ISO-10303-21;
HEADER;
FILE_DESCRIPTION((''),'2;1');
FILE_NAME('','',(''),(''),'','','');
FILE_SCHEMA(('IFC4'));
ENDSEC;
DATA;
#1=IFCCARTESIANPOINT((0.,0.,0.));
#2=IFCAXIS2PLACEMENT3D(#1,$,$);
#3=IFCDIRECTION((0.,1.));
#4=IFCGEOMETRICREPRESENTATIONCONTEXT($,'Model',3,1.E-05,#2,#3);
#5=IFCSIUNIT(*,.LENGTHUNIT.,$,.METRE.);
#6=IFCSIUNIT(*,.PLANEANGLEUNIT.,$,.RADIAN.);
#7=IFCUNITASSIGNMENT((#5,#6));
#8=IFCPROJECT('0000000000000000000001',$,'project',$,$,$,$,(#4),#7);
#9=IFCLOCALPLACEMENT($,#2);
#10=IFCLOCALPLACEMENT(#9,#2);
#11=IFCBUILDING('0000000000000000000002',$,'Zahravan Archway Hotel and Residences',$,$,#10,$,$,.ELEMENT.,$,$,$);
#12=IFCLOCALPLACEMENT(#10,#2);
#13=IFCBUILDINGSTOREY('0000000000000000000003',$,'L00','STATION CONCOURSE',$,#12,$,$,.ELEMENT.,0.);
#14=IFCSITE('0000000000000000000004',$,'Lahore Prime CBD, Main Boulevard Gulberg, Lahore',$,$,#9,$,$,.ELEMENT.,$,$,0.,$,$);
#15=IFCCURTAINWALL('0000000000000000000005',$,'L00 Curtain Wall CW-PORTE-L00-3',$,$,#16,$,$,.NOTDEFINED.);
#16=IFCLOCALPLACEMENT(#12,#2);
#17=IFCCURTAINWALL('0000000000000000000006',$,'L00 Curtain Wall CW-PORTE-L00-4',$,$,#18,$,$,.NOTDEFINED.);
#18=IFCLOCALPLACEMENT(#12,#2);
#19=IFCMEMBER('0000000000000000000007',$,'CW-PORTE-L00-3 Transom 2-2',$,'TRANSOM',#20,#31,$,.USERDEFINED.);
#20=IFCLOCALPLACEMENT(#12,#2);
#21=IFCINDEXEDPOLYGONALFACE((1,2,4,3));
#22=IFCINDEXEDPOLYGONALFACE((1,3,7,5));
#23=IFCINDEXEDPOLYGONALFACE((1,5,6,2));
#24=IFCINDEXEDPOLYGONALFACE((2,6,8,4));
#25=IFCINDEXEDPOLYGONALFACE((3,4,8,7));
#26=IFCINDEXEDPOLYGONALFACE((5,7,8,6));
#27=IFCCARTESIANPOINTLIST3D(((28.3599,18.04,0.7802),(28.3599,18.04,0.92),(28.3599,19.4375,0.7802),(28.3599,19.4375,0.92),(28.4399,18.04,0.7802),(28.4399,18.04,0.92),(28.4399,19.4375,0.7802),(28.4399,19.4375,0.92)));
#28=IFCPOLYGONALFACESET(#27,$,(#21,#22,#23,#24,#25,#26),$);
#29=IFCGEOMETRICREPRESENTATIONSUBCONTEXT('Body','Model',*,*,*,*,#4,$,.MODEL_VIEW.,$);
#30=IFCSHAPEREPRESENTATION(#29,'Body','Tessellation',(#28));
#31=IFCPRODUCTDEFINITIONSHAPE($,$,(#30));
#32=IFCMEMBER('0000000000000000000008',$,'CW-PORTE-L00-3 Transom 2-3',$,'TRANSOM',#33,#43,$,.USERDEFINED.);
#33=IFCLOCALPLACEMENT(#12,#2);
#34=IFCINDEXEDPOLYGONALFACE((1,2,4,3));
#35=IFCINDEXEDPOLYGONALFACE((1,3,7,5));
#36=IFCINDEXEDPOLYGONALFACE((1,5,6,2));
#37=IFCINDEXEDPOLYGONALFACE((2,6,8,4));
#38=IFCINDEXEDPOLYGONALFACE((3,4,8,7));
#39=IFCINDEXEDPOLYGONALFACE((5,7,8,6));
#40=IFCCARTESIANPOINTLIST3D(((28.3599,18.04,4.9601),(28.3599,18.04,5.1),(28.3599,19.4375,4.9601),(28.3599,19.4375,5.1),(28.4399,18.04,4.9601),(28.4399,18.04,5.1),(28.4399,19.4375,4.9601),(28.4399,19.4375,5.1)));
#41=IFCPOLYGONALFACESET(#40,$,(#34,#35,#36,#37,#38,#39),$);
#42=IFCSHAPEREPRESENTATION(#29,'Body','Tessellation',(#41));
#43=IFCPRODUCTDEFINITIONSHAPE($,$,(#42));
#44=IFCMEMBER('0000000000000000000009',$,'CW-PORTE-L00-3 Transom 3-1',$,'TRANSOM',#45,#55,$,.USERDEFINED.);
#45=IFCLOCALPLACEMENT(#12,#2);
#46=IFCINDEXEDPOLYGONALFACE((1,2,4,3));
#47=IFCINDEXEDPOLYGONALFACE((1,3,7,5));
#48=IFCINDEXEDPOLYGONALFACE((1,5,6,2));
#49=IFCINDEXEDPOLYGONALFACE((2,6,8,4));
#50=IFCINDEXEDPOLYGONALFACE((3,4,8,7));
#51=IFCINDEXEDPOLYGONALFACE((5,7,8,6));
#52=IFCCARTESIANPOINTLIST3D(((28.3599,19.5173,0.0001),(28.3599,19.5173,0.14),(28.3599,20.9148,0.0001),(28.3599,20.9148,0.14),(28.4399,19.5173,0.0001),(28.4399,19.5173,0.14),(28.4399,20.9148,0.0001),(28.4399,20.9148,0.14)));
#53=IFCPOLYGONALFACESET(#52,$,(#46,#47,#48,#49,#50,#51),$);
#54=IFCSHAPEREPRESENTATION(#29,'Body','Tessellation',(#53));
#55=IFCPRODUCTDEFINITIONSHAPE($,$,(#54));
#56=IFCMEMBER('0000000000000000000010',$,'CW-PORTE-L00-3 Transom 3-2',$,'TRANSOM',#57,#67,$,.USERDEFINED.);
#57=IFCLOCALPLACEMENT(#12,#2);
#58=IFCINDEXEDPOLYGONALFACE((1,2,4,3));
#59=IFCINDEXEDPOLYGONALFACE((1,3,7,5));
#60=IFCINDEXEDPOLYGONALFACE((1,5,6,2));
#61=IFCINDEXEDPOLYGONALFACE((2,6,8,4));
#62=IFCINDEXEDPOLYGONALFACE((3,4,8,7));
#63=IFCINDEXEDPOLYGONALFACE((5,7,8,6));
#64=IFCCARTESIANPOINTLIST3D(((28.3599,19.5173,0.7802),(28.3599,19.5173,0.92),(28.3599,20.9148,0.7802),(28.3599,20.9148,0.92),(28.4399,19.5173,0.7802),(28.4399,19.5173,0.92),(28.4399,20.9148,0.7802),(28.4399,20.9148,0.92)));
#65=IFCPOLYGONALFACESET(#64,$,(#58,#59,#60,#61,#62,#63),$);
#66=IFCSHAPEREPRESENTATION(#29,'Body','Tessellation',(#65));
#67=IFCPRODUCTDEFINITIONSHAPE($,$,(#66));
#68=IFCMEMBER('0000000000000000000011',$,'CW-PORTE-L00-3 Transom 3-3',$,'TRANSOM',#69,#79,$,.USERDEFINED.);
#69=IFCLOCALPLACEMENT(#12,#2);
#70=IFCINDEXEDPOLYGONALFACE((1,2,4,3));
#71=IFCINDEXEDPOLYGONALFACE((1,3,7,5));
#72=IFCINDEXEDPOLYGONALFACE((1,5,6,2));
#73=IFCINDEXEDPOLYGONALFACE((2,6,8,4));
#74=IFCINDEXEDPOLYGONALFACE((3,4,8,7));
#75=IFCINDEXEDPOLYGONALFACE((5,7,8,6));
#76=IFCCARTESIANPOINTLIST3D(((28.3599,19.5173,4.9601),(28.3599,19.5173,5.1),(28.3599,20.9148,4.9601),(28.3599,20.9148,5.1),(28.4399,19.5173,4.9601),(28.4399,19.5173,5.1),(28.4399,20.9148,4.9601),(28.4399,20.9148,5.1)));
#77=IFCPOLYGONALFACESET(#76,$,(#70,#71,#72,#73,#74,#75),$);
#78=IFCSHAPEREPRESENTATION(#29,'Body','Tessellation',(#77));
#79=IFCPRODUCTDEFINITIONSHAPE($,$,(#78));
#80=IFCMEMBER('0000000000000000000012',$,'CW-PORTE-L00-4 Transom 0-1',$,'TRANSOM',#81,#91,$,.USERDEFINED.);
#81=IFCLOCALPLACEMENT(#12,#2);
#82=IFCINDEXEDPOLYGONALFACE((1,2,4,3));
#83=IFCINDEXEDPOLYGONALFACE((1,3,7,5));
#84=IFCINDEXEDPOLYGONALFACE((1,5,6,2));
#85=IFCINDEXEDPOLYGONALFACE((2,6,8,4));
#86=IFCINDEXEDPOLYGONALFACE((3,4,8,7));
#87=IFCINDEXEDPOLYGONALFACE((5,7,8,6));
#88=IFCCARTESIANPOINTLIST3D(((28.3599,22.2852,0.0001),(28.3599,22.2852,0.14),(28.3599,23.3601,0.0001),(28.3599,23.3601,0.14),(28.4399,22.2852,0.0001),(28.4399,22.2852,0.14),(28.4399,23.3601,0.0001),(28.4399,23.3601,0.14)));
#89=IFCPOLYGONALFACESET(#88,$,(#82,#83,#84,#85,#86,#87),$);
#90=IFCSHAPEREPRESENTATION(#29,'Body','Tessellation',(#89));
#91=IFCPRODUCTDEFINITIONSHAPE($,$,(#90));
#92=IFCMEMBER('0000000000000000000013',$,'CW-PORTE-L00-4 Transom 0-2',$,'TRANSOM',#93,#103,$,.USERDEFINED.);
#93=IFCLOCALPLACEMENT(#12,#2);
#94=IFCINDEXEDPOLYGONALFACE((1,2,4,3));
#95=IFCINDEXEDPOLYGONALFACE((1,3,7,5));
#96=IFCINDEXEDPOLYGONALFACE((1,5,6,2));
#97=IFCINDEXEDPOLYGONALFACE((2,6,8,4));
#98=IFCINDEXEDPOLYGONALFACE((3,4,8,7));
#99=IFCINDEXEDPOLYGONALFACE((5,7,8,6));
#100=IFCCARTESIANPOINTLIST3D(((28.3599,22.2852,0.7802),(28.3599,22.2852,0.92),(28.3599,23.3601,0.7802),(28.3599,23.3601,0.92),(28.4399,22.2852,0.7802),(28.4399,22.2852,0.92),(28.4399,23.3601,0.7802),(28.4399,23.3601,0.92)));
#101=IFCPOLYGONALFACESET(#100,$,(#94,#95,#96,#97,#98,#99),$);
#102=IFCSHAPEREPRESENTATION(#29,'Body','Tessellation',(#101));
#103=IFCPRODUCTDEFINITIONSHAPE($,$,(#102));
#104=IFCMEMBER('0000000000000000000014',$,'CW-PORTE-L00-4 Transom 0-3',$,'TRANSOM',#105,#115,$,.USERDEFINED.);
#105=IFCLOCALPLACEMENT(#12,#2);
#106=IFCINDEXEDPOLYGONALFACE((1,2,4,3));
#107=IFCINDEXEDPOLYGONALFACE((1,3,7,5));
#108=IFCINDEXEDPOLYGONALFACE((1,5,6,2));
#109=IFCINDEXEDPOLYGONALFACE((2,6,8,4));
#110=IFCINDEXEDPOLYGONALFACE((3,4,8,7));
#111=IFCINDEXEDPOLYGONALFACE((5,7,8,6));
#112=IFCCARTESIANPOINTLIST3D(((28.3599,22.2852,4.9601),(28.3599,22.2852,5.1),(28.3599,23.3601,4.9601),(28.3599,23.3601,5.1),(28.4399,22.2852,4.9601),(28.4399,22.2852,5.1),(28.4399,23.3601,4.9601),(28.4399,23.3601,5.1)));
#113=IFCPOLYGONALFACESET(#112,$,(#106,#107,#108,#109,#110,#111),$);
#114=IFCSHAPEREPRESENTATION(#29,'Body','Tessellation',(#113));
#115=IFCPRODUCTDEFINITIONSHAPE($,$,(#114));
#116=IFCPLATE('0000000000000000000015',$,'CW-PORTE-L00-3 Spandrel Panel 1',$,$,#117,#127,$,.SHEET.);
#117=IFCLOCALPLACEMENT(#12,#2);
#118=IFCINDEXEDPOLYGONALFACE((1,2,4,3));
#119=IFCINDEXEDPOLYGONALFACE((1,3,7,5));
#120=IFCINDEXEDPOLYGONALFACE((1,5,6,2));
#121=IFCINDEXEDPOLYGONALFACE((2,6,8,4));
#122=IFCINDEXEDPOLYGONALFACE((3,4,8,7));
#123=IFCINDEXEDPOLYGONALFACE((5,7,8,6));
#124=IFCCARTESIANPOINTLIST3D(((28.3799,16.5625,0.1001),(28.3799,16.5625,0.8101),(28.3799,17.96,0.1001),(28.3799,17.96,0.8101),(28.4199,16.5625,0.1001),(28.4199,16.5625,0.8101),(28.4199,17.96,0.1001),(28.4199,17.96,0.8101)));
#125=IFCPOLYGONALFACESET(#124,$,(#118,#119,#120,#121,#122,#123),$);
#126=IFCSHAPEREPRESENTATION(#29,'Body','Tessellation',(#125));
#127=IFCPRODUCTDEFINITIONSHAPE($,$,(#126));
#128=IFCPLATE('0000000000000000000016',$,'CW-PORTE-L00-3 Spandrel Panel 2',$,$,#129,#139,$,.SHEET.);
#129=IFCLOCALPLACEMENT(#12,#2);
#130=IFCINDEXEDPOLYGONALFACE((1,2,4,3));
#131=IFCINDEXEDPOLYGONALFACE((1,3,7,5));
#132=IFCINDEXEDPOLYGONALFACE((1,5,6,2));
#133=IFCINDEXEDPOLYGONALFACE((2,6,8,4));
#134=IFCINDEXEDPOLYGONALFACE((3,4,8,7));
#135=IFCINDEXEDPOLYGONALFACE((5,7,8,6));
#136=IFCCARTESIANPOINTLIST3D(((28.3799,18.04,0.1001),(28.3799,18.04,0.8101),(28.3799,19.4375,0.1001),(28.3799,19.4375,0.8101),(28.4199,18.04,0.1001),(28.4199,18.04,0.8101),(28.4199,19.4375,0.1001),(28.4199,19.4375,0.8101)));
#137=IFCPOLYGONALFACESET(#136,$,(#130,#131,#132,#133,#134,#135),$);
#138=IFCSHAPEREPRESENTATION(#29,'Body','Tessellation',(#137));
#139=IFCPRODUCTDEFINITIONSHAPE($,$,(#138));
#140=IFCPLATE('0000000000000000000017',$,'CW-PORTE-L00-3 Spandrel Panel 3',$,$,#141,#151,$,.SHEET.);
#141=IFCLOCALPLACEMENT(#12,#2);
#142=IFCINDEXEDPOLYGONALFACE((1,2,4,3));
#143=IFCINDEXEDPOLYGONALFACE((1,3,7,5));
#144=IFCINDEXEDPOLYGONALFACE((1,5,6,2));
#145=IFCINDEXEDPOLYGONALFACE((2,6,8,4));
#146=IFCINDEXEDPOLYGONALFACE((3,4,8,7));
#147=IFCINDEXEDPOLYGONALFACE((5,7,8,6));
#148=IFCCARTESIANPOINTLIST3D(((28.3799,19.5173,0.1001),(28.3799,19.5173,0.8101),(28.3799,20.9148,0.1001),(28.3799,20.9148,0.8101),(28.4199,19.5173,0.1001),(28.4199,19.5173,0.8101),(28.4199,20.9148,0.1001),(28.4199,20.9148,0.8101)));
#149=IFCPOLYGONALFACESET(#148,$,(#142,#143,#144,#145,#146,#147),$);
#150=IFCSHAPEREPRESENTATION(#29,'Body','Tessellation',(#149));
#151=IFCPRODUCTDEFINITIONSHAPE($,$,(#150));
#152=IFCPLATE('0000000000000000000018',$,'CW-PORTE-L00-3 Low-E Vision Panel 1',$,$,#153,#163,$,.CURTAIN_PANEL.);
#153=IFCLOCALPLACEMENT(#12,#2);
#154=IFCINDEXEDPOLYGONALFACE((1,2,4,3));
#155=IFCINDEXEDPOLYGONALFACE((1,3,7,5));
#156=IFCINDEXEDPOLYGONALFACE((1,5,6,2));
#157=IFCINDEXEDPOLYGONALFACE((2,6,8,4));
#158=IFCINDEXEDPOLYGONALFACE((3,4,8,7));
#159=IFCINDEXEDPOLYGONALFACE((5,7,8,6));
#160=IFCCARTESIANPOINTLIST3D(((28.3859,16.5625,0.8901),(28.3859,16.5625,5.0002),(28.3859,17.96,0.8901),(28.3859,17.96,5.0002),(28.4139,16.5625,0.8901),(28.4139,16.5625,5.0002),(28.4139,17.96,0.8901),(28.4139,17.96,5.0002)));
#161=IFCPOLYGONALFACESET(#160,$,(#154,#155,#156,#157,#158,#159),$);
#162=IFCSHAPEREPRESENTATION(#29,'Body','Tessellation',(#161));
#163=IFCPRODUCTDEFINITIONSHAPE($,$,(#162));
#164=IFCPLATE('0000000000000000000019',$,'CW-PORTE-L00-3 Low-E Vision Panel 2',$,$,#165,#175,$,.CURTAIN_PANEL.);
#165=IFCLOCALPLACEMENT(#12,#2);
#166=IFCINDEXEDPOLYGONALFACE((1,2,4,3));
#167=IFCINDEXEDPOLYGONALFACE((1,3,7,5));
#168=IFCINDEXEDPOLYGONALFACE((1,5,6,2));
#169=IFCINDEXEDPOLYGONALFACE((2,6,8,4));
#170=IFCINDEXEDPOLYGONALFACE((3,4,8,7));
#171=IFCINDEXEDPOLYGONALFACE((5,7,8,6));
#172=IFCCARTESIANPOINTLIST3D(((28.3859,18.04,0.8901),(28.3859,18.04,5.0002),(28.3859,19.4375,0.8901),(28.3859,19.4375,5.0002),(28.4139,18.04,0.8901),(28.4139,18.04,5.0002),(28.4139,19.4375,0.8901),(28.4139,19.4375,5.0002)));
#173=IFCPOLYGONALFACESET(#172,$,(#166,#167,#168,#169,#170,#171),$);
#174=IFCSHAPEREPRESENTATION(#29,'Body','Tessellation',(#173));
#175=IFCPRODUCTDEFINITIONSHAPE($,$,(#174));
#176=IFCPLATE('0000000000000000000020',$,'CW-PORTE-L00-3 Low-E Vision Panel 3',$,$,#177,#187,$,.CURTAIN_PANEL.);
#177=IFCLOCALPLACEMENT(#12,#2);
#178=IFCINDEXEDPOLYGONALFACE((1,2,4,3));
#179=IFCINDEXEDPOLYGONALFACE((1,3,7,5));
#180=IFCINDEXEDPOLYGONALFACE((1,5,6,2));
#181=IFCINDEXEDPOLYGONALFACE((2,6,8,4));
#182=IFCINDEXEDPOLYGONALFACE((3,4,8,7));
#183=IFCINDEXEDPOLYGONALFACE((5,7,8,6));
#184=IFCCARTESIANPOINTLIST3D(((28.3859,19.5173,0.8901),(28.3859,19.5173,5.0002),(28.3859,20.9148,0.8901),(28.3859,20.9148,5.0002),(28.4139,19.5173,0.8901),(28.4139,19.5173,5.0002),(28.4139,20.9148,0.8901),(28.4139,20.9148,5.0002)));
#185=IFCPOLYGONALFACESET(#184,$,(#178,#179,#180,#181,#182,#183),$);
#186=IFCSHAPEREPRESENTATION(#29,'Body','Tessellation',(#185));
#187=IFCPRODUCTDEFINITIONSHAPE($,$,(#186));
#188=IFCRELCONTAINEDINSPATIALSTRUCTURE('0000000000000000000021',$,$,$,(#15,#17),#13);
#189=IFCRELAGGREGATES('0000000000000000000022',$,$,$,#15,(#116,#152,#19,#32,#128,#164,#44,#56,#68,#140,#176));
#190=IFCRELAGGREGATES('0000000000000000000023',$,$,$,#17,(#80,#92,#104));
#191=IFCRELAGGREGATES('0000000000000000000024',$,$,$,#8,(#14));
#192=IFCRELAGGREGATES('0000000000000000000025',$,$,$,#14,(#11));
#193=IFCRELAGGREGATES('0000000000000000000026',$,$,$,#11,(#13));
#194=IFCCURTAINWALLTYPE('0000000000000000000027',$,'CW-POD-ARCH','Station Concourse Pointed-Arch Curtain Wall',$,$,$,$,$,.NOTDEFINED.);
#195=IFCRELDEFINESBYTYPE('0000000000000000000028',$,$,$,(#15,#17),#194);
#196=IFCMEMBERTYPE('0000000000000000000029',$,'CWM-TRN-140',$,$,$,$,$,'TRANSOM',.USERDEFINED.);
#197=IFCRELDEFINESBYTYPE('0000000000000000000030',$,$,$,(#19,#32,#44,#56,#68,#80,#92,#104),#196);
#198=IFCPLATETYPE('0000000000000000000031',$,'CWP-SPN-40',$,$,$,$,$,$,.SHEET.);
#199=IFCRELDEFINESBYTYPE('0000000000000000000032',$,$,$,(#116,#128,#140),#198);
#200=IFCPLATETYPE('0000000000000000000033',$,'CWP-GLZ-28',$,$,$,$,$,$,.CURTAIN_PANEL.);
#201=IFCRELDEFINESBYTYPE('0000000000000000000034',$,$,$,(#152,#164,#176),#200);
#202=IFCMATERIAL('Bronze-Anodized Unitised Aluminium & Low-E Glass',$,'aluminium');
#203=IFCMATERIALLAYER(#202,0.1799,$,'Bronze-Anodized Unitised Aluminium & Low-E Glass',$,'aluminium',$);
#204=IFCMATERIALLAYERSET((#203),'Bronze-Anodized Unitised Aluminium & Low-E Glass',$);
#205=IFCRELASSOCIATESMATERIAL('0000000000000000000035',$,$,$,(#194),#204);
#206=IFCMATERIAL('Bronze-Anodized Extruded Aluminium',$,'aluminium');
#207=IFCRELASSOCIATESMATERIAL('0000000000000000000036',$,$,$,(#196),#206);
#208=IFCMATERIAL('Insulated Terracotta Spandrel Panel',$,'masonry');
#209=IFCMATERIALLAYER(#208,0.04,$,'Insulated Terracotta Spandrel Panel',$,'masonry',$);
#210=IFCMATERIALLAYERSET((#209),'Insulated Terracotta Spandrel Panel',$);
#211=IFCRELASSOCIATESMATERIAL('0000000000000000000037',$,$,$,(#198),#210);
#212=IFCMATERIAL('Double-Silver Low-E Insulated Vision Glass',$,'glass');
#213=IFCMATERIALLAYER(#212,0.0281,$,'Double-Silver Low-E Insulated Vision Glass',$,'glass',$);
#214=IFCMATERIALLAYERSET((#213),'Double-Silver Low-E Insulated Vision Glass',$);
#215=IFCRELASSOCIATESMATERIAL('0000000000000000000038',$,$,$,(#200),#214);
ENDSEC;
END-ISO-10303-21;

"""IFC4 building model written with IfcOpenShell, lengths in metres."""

from ifc_helpers import new_model, si_unit, direction, frame, origin, origin_2d, place, context, subcontext, project, spatial, rectangle, extrude, source, transform, mapped, material, layer, layer_set, material_profile, profile_set, type_object, element, aggregate, save


model = new_model("IFC4")

# Units and contexts
model_context = context("Model", 3, precision=1e-05, world=origin(), true_north=direction((0.0, 1.0)))
body_context = subcontext(model_context, "Body", "Model", "MODEL_VIEW")
ifc_project = project(units=[si_unit("LENGTHUNIT", "METRE"), si_unit("PLANEANGLEUNIT", "RADIAN")], contexts=[model_context])

# Site, building, storey
site_placement = place(None, origin())
site = spatial("IfcSite", under=ifc_project, at=site_placement, Name="Lahore Prime CBD, Main Boulevard Gulberg, Lahore", CompositionType="ELEMENT", RefElevation=0.0)
building_placement = place(site_placement, origin())
building = spatial("IfcBuilding", under=site, at=building_placement, Name="Zahravan Archway Hotel and Residences", CompositionType="ELEMENT")
storey_placement = place(building_placement, origin())
storey = spatial("IfcBuildingStorey", under=building, at=storey_placement, Name="L00", Description="STATION CONCOURSE", CompositionType="ELEMENT", Elevation=0.0)

# Curtain wall
ifc_material_1 = material(Name="Bronze-Anodized Unitised Aluminium & Low-E Glass", Category="aluminium")
ifc_layer_1 = layer(ifc_material_1, 0.1799, Name="Bronze-Anodized Unitised Aluminium & Low-E Glass", Category="aluminium")
ifc_layer_set_1 = layer_set([ifc_layer_1], Name="Bronze-Anodized Unitised Aluminium & Low-E Glass")
curtain_wall_type = type_object("IfcCurtainWallType", Name="CW-POD-ARCH", Description="Station Concourse Pointed-Arch Curtain Wall", PredefinedType="NOTDEFINED", material=ifc_layer_set_1)
curtain_wall_1_placement = place(storey_placement, origin())
curtain_wall_1 = element("IfcCurtainWall", 1, at=curtain_wall_1_placement, inside=storey, type_object=curtain_wall_type, Name="L00 Curtain Wall CW-PORTE-L00-3", PredefinedType="NOTDEFINED")
ifc_material_2 = material(Name="Bronze-Anodized Extruded Aluminium", Category="aluminium")

# Curtain wall
curtain_wall_2_placement = place(storey_placement, origin())
curtain_wall_2 = element("IfcCurtainWall", 2, at=curtain_wall_2_placement, inside=storey, type_object=curtain_wall_type, Name="L00 Curtain Wall CW-PORTE-L00-4", PredefinedType="NOTDEFINED")

# Members
ifc_material_profile_1 = material_profile(ifc_material_2, rectangle(XDim=0.0801, YDim=0.1399, at=origin_2d()), Name="TRN 80x140", Category="aluminium")
ifc_profile_set_1 = profile_set([ifc_material_profile_1], Name="Bronze-Anodized Extruded Aluminium")
member_type_1 = type_object("IfcMemberType", Name="CWM-TRN-140", ElementType="TRANSOM", PredefinedType="USERDEFINED", material=ifc_profile_set_1)
shared_shape_1 = source(origin(), body_context, "Body", "SweptSolid", [
    extrude(rectangle(XDim=0.0801, YDim=0.1399, at=origin_2d()), origin(), (0.0, 0.0, 1.0), 1.3975),
])
member_1_placement = place(storey_placement, frame((28.3999, 18.04, 0.8501), z_axis=(0.0, 1.0, 0.0), x_axis=(-1.0, 0.0, 0.0)))
member_1 = element("IfcMember", 3, at=member_1_placement, type_object=member_type_1, Name="CW-PORTE-L00-3 Transom 2-2", ObjectType="TRANSOM", PredefinedType="USERDEFINED", context=body_context, shape_type="MappedRepresentation", body=[
    mapped(shared_shape_1, transform((0.0, 0.0, 0.0), scale=1.0)),
])
member_2_placement = place(storey_placement, frame((28.3999, 18.04, 5.03), z_axis=(0.0, 1.0, 0.0), x_axis=(-1.0, 0.0, 0.0)))
member_2 = element("IfcMember", 4, at=member_2_placement, type_object=member_type_1, Name="CW-PORTE-L00-3 Transom 2-3", ObjectType="TRANSOM", PredefinedType="USERDEFINED", context=body_context, shape_type="MappedRepresentation", body=[
    mapped(shared_shape_1, transform((0.0, 0.0, 0.0), scale=1.0)),
])
member_3_placement = place(storey_placement, frame((28.3999, 19.5173, 0.0701), z_axis=(0.0, 1.0, 0.0), x_axis=(-1.0, 0.0, 0.0)))
member_3 = element("IfcMember", 5, at=member_3_placement, type_object=member_type_1, Name="CW-PORTE-L00-3 Transom 3-1", ObjectType="TRANSOM", PredefinedType="USERDEFINED", context=body_context, shape_type="MappedRepresentation", body=[
    mapped(shared_shape_1, transform((0.0, 0.0, 0.0), scale=1.0)),
])
member_4_placement = place(storey_placement, frame((28.3999, 19.5173, 0.8501), z_axis=(0.0, 1.0, 0.0), x_axis=(-1.0, 0.0, 0.0)))
member_4 = element("IfcMember", 6, at=member_4_placement, type_object=member_type_1, Name="CW-PORTE-L00-3 Transom 3-2", ObjectType="TRANSOM", PredefinedType="USERDEFINED", context=body_context, shape_type="MappedRepresentation", body=[
    mapped(shared_shape_1, transform((0.0, 0.0, 0.0), scale=1.0)),
])
member_5_placement = place(storey_placement, frame((28.3999, 19.5173, 5.03), z_axis=(0.0, 1.0, 0.0), x_axis=(-1.0, 0.0, 0.0)))
member_5 = element("IfcMember", 7, at=member_5_placement, type_object=member_type_1, Name="CW-PORTE-L00-3 Transom 3-3", ObjectType="TRANSOM", PredefinedType="USERDEFINED", context=body_context, shape_type="MappedRepresentation", body=[
    mapped(shared_shape_1, transform((0.0, 0.0, 0.0), scale=1.0)),
])
shared_shape_2 = source(origin(), body_context, "Body", "SweptSolid", [
    extrude(rectangle(XDim=0.0801, YDim=0.1399, at=origin_2d()), origin(), (0.0, 0.0, 1.0), 1.075),
])
member_6_placement = place(storey_placement, frame((28.3999, 22.2852, 0.0701), z_axis=(0.0, 1.0, 0.0), x_axis=(-1.0, 0.0, 0.0)))
member_6 = element("IfcMember", 8, at=member_6_placement, type_object=member_type_1, Name="CW-PORTE-L00-4 Transom 0-1", ObjectType="TRANSOM", PredefinedType="USERDEFINED", context=body_context, shape_type="MappedRepresentation", body=[
    mapped(shared_shape_2, transform((0.0, 0.0, 0.0), scale=1.0)),
])
member_7_placement = place(storey_placement, frame((28.3999, 22.2852, 0.8501), z_axis=(0.0, 1.0, 0.0), x_axis=(-1.0, 0.0, 0.0)))
member_7 = element("IfcMember", 9, at=member_7_placement, type_object=member_type_1, Name="CW-PORTE-L00-4 Transom 0-2", ObjectType="TRANSOM", PredefinedType="USERDEFINED", context=body_context, shape_type="MappedRepresentation", body=[
    mapped(shared_shape_2, transform((0.0, 0.0, 0.0), scale=1.0)),
])
member_8_placement = place(storey_placement, frame((28.3999, 22.2852, 5.03), z_axis=(0.0, 1.0, 0.0), x_axis=(-1.0, 0.0, 0.0)))
member_8 = element("IfcMember", 10, at=member_8_placement, type_object=member_type_1, Name="CW-PORTE-L00-4 Transom 0-3", ObjectType="TRANSOM", PredefinedType="USERDEFINED", context=body_context, shape_type="MappedRepresentation", body=[
    mapped(shared_shape_2, transform((0.0, 0.0, 0.0), scale=1.0)),
])

# Plates
ifc_material_3 = material(Name="Insulated Terracotta Spandrel Panel", Category="masonry")
ifc_layer_2 = layer(ifc_material_3, 0.04, Name="Insulated Terracotta Spandrel Panel", Category="masonry")
ifc_layer_set_2 = layer_set([ifc_layer_2], Name="Insulated Terracotta Spandrel Panel")
plate_type_1 = type_object("IfcPlateType", Name="CWP-SPN-40", PredefinedType="SHEET", material=ifc_layer_set_2)
shared_shape_3 = source(origin(), body_context, "Body", "SweptSolid", [
    extrude(rectangle(XDim=1.3975, YDim=0.04, at=origin_2d()), origin(), (0.0, 0.0, 1.0), 0.71),
])
plate_1_placement = place(storey_placement, frame((28.3999, 17.2612, 0.1001), z_axis=(0.0, 0.0, 1.0), x_axis=(0.0, 1.0, 0.0)))
plate_1 = element("IfcPlate", 11, at=plate_1_placement, type_object=plate_type_1, Name="CW-PORTE-L00-3 Spandrel Panel 1", PredefinedType="SHEET", context=body_context, shape_type="MappedRepresentation", body=[
    mapped(shared_shape_3, transform((0.0, 0.0, 0.0), scale=1.0)),
])
plate_2_placement = place(storey_placement, frame((28.3999, 18.7388, 0.1001), z_axis=(0.0, 0.0, 1.0), x_axis=(0.0, 1.0, 0.0)))
plate_2 = element("IfcPlate", 12, at=plate_2_placement, type_object=plate_type_1, Name="CW-PORTE-L00-3 Spandrel Panel 2", PredefinedType="SHEET", context=body_context, shape_type="MappedRepresentation", body=[
    mapped(shared_shape_3, transform((0.0, 0.0, 0.0), scale=1.0)),
])
plate_3_placement = place(storey_placement, frame((28.3999, 20.2161, 0.1001), z_axis=(0.0, 0.0, 1.0), x_axis=(0.0, 1.0, 0.0)))
plate_3 = element("IfcPlate", 13, at=plate_3_placement, type_object=plate_type_1, Name="CW-PORTE-L00-3 Spandrel Panel 3", PredefinedType="SHEET", context=body_context, shape_type="MappedRepresentation", body=[
    mapped(shared_shape_3, transform((0.0, 0.0, 0.0), scale=1.0)),
])
ifc_material_4 = material(Name="Double-Silver Low-E Insulated Vision Glass", Category="glass")
ifc_layer_3 = layer(ifc_material_4, 0.0281, Name="Double-Silver Low-E Insulated Vision Glass", Category="glass")
ifc_layer_set_3 = layer_set([ifc_layer_3], Name="Double-Silver Low-E Insulated Vision Glass")
plate_type_2 = type_object("IfcPlateType", Name="CWP-GLZ-28", PredefinedType="CURTAIN_PANEL", material=ifc_layer_set_3)
shared_shape_4 = source(origin(), body_context, "Body", "SweptSolid", [
    extrude(rectangle(XDim=1.3975, YDim=0.0281, at=origin_2d()), origin(), (0.0, 0.0, 1.0), 4.1101),
])
plate_4_placement = place(storey_placement, frame((28.3999, 17.2612, 0.8901), z_axis=(0.0, 0.0, 1.0), x_axis=(0.0, 1.0, 0.0)))
plate_4 = element("IfcPlate", 14, at=plate_4_placement, type_object=plate_type_2, Name="CW-PORTE-L00-3 Low-E Vision Panel 1", PredefinedType="CURTAIN_PANEL", context=body_context, shape_type="MappedRepresentation", body=[
    mapped(shared_shape_4, transform((0.0, 0.0, 0.0), scale=1.0)),
])
plate_5_placement = place(storey_placement, frame((28.3999, 18.7388, 0.8901), z_axis=(0.0, 0.0, 1.0), x_axis=(0.0, 1.0, 0.0)))
plate_5 = element("IfcPlate", 15, at=plate_5_placement, type_object=plate_type_2, Name="CW-PORTE-L00-3 Low-E Vision Panel 2", PredefinedType="CURTAIN_PANEL", context=body_context, shape_type="MappedRepresentation", body=[
    mapped(shared_shape_4, transform((0.0, 0.0, 0.0), scale=1.0)),
])
plate_6_placement = place(storey_placement, frame((28.3999, 20.2161, 0.8901), z_axis=(0.0, 0.0, 1.0), x_axis=(0.0, 1.0, 0.0)))
plate_6 = element("IfcPlate", 16, at=plate_6_placement, type_object=plate_type_2, Name="CW-PORTE-L00-3 Low-E Vision Panel 3", PredefinedType="CURTAIN_PANEL", context=body_context, shape_type="MappedRepresentation", body=[
    mapped(shared_shape_4, transform((0.0, 0.0, 0.0), scale=1.0)),
])
aggregate(curtain_wall_1, [plate_1, plate_4, member_1, member_2, plate_2, plate_5, member_3, member_4, member_5, plate_3, plate_6])
aggregate(curtain_wall_2, [member_6, member_7, member_8])

save(model, "model.ifc")
